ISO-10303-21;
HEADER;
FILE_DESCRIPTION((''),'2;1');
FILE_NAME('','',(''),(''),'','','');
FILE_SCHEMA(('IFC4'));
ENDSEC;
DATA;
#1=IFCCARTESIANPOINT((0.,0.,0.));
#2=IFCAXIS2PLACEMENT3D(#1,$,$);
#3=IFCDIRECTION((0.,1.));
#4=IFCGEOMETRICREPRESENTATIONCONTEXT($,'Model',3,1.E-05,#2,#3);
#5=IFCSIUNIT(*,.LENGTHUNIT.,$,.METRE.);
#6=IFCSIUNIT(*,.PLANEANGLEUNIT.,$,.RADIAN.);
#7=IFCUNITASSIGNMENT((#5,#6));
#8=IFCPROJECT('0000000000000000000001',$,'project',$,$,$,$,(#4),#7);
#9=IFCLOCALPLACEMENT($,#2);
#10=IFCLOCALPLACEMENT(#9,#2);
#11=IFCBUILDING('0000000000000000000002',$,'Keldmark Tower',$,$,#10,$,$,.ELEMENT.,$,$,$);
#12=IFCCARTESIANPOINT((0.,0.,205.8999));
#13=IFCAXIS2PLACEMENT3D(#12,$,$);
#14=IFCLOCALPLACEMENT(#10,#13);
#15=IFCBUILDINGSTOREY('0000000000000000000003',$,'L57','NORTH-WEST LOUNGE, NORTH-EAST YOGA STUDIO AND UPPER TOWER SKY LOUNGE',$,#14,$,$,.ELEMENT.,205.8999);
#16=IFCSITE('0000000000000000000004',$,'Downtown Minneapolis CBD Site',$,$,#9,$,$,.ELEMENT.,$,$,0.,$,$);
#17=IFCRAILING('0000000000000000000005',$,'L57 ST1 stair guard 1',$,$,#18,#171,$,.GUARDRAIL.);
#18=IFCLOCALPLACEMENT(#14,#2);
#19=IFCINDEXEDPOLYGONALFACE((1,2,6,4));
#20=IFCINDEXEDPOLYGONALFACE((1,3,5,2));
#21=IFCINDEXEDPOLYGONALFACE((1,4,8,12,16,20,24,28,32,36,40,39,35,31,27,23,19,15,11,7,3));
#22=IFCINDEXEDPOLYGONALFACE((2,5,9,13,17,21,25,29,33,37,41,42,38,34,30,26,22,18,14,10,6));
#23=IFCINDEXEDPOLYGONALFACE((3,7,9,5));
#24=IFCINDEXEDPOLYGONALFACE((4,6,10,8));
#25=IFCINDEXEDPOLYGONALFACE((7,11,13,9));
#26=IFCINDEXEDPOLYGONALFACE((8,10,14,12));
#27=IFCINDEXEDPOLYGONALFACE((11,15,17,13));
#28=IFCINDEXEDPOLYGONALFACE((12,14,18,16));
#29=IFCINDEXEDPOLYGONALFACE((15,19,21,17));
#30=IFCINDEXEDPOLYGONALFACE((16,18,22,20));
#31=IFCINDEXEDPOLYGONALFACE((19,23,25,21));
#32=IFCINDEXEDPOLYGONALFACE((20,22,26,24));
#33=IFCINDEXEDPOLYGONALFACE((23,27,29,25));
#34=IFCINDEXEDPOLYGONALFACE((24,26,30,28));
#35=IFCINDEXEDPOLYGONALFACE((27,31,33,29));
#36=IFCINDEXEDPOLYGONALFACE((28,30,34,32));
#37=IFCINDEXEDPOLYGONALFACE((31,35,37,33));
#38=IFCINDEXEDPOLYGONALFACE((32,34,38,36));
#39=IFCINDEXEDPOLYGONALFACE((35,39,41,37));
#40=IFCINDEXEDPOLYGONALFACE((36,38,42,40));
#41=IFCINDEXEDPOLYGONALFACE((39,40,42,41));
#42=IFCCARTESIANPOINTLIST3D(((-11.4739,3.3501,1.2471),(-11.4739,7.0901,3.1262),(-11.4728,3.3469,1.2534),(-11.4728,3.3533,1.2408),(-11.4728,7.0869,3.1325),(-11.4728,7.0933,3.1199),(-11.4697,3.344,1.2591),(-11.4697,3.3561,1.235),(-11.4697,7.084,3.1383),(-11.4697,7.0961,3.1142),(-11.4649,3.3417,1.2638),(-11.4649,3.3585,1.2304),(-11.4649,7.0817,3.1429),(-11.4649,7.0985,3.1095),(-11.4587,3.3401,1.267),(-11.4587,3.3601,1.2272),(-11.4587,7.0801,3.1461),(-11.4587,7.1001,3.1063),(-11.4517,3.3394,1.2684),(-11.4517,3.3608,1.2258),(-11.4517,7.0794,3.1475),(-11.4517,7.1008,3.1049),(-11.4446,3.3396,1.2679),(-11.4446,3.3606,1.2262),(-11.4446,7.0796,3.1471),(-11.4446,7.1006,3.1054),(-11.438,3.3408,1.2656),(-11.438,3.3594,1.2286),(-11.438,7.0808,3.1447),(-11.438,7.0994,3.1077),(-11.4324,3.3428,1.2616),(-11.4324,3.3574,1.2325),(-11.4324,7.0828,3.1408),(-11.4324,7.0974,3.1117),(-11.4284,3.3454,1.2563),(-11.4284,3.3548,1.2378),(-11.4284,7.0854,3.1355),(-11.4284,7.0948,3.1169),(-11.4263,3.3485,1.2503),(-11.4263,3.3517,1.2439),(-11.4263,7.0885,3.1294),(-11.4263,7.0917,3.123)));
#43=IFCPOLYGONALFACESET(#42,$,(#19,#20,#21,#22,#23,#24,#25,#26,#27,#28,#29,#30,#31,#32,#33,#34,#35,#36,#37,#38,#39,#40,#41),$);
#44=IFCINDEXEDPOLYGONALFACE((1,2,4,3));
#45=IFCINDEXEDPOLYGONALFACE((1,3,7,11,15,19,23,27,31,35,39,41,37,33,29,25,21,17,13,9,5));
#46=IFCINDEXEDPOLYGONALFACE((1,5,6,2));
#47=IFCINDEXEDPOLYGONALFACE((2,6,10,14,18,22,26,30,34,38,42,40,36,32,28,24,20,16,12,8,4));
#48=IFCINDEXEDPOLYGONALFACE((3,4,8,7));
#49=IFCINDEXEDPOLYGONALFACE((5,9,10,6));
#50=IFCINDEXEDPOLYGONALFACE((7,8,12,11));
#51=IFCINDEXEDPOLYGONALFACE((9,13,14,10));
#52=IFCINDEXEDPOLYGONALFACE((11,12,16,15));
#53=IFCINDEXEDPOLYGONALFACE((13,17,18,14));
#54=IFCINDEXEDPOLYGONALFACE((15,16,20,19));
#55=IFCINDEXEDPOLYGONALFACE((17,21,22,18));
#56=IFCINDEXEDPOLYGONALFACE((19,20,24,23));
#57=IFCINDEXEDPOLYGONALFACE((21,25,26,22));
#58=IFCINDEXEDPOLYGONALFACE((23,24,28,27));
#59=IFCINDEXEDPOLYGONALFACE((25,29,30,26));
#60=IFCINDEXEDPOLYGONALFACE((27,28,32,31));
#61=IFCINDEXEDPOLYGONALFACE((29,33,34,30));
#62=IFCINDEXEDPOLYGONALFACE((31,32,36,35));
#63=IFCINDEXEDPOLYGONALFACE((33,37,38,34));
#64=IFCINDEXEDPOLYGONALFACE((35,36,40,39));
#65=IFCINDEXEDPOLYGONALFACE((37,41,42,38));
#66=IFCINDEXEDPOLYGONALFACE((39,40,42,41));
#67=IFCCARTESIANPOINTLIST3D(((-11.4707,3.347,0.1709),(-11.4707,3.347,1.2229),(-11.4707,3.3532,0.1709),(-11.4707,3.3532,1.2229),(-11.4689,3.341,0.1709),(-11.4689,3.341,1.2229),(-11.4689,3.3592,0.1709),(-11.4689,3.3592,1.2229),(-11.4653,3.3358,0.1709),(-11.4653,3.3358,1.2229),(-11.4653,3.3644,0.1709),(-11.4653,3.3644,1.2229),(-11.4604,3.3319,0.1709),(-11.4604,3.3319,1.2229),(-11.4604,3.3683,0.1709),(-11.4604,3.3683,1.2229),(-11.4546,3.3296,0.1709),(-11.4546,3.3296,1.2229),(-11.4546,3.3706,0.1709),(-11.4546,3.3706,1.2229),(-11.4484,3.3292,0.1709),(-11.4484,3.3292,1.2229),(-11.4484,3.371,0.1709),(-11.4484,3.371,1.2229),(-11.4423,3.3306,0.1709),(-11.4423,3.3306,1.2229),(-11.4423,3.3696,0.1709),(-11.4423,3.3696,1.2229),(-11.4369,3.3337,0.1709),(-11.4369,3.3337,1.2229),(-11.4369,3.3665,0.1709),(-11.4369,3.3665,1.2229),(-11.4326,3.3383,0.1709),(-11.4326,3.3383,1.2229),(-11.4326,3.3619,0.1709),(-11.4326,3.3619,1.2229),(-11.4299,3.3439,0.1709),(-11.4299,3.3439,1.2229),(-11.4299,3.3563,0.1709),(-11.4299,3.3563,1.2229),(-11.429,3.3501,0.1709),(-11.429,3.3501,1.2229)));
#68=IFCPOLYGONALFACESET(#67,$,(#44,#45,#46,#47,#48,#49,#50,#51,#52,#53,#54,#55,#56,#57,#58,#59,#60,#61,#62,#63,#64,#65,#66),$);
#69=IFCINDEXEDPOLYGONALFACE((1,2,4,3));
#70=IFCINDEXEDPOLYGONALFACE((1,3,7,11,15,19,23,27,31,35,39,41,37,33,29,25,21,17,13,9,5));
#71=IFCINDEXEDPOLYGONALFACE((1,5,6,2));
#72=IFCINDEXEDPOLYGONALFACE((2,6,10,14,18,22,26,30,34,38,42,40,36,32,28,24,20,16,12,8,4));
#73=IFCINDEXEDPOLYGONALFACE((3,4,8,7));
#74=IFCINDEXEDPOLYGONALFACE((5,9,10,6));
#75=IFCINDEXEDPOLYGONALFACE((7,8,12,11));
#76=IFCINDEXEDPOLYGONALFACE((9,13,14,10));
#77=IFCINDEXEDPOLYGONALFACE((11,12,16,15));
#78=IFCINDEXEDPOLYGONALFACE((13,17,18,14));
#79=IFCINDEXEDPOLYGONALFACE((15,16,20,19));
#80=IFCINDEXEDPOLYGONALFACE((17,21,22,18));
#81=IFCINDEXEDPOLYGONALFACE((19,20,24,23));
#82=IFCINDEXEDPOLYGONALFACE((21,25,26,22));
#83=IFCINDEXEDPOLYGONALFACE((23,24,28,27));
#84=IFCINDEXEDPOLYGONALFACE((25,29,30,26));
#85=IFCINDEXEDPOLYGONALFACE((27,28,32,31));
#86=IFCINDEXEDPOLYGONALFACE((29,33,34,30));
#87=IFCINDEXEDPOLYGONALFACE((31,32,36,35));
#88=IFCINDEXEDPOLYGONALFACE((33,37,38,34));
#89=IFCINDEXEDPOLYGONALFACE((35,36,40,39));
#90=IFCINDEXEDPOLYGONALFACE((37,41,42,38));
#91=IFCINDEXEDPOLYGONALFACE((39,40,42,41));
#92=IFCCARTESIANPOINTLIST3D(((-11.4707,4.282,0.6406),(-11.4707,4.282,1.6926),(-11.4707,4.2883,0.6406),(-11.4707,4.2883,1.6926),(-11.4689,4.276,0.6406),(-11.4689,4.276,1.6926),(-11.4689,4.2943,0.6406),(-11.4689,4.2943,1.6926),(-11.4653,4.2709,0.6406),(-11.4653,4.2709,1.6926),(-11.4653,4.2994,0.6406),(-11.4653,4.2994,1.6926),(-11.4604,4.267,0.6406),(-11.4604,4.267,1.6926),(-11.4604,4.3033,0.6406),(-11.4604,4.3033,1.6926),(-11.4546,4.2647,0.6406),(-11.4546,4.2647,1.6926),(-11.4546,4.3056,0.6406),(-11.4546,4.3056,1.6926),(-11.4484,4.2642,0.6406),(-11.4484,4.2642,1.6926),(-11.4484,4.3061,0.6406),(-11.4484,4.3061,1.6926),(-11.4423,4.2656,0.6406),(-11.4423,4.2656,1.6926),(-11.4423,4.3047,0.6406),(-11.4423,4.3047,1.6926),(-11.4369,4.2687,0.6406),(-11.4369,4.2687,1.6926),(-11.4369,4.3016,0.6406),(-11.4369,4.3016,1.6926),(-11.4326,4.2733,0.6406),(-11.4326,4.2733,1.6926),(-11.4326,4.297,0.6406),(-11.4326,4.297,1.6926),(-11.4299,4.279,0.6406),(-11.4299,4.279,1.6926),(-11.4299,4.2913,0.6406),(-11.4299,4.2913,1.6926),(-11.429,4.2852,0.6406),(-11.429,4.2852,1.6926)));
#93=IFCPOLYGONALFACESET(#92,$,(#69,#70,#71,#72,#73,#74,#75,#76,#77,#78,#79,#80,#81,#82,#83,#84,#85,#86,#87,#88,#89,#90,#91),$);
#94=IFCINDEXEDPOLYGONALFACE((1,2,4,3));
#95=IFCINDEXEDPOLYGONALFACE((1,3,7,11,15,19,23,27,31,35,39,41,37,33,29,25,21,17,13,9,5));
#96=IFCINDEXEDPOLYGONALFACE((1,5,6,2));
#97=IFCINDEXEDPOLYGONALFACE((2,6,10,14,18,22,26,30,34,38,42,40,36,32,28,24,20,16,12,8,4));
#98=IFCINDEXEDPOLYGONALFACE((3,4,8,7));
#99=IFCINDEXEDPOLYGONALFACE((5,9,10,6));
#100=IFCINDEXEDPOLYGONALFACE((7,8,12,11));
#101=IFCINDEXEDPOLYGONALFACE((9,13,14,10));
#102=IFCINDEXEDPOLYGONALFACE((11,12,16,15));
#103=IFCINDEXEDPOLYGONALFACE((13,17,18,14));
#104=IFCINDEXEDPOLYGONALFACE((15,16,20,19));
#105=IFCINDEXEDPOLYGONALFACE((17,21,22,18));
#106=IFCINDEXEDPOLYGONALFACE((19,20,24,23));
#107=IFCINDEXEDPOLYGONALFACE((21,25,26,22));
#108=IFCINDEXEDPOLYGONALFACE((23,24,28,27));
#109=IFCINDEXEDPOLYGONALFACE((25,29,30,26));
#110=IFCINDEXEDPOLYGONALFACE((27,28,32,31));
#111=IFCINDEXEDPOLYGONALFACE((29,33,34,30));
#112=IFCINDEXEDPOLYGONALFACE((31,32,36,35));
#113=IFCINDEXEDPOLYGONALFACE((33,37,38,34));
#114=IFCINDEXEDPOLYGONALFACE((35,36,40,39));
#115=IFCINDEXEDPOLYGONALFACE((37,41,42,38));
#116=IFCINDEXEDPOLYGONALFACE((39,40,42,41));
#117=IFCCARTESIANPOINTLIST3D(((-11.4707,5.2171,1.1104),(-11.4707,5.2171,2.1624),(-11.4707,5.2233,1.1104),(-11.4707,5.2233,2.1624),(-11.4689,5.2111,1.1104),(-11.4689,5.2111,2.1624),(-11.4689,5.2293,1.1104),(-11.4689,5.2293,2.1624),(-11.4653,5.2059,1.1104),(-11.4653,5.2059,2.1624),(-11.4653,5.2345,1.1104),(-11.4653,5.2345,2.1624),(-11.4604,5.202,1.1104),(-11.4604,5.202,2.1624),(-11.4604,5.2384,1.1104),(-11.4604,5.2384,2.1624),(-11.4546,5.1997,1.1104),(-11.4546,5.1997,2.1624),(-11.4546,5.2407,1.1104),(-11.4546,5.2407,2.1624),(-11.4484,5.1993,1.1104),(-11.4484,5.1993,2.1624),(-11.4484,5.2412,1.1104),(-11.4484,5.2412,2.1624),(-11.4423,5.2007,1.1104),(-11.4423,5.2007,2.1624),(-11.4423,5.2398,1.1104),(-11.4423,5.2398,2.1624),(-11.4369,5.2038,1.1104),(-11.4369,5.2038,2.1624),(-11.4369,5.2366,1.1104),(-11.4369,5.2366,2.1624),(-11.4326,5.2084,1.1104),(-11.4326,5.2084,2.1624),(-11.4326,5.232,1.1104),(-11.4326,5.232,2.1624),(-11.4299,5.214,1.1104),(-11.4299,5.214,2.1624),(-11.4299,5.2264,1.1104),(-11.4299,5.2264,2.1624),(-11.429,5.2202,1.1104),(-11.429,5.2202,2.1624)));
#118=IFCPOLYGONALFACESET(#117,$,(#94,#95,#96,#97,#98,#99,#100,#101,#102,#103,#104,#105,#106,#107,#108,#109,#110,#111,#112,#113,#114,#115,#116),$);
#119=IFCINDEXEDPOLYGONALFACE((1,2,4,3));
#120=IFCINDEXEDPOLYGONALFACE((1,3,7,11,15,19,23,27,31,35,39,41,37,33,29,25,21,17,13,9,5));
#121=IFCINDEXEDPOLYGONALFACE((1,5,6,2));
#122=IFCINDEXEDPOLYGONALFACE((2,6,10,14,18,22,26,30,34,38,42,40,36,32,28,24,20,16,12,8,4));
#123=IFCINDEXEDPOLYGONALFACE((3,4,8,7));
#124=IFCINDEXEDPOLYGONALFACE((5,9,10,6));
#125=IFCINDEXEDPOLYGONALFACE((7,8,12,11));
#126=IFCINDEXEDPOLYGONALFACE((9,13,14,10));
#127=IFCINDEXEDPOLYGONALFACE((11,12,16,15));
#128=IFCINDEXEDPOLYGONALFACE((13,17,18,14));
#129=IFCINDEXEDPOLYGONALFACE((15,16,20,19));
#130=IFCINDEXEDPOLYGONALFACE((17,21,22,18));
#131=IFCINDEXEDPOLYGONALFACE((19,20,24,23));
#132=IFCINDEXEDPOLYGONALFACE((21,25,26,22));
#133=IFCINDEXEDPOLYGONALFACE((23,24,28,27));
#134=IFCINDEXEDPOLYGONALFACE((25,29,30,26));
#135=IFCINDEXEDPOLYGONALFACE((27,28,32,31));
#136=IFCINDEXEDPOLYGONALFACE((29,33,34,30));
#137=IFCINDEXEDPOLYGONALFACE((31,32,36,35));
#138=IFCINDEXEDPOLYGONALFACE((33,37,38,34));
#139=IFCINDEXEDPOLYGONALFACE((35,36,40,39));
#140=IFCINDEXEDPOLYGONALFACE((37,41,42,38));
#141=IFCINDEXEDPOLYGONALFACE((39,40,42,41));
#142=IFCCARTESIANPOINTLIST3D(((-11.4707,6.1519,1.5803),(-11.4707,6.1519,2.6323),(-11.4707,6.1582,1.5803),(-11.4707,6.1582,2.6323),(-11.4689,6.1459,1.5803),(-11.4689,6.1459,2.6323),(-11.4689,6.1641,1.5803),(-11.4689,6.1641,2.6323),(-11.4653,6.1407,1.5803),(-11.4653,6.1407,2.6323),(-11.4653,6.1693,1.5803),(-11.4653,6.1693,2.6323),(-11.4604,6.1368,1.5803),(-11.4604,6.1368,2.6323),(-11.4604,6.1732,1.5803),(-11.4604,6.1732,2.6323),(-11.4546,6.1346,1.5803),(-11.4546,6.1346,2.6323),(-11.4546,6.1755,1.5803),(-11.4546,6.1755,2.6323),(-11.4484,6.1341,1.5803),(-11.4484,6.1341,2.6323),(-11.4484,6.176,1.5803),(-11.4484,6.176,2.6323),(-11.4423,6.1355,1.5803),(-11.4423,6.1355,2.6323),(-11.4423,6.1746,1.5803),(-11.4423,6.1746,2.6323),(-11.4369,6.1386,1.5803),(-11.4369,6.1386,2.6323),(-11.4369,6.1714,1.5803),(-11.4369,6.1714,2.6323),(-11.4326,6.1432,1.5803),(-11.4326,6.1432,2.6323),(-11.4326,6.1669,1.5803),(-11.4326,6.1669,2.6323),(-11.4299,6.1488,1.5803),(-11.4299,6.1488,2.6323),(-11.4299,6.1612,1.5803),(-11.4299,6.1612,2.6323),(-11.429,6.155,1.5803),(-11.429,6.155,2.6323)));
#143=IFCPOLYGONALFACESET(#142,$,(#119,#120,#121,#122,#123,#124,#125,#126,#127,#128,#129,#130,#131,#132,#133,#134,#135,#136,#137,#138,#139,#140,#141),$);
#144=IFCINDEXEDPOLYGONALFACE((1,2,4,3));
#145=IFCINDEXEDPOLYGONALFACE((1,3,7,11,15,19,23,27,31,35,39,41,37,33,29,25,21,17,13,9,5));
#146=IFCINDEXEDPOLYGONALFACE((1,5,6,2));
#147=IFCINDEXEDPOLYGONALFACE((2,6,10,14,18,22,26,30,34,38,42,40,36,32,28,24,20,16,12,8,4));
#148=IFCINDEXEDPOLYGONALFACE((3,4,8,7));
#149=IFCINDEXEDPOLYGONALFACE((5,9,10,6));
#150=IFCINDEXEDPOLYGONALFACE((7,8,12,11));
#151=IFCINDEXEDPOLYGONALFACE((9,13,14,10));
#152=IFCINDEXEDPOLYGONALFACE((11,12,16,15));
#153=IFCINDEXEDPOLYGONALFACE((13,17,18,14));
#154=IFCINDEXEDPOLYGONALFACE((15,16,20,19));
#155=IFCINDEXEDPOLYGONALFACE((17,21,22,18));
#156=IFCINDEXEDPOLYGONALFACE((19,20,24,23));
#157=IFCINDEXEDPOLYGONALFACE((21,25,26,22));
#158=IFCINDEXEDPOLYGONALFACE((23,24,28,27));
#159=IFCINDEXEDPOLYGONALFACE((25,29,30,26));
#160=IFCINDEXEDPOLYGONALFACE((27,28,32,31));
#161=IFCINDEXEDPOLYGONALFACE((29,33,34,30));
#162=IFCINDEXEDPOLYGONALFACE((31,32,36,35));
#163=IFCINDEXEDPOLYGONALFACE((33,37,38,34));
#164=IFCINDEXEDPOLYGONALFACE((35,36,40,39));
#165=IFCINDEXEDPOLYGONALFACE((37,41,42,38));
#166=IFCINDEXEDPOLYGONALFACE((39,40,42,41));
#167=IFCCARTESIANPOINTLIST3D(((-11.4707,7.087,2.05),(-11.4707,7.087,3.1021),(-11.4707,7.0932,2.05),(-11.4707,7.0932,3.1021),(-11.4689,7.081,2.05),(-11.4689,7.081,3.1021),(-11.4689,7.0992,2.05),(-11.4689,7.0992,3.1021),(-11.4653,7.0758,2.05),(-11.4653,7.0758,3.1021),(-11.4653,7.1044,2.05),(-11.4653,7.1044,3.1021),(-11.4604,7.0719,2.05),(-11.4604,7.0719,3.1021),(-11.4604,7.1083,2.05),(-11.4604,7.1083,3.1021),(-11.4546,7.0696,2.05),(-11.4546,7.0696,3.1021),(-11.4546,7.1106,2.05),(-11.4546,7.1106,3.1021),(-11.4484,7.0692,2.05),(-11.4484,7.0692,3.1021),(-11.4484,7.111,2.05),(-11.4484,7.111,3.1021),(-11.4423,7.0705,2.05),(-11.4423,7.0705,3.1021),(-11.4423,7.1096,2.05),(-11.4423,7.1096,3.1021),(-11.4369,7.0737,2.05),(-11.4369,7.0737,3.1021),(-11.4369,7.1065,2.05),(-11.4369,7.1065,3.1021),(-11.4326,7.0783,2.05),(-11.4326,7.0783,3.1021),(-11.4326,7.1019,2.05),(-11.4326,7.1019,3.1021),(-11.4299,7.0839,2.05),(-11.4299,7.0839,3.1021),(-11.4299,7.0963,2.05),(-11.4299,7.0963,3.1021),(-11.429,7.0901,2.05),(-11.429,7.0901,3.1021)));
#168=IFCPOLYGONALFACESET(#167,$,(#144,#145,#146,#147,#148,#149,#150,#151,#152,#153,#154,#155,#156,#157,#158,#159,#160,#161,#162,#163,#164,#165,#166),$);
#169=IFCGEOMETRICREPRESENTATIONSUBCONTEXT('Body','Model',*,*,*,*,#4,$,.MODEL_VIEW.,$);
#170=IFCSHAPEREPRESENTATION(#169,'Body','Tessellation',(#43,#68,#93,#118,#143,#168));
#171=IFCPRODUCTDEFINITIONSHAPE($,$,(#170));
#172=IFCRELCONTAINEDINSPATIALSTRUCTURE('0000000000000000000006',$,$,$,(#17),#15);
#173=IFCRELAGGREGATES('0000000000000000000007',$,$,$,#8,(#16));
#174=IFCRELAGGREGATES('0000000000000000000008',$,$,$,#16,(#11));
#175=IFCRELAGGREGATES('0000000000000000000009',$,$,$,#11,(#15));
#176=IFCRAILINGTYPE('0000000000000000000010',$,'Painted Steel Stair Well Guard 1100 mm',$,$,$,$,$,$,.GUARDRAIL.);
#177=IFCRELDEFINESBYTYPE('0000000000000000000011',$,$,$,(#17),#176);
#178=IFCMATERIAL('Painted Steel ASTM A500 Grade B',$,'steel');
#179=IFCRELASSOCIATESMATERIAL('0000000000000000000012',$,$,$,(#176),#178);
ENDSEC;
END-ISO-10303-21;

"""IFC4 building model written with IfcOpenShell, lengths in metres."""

from ifc_helpers import new_model, si_unit, direction, frame, origin, origin_2d, place, context, subcontext, project, spatial, circle, extrude, material, type_object, element, save


model = new_model("IFC4")

# Units and contexts
model_context = context("Model", 3, precision=1e-05, world=origin(), true_north=direction((0.0, 1.0)))
body_context = subcontext(model_context, "Body", "Model", "MODEL_VIEW")
ifc_project = project(units=[si_unit("LENGTHUNIT", "METRE"), si_unit("PLANEANGLEUNIT", "RADIAN")], contexts=[model_context])

# Site, building, storey
site_placement = place(None, origin())
site = spatial("IfcSite", under=ifc_project, at=site_placement, Name="Downtown Minneapolis CBD Site", CompositionType="ELEMENT", RefElevation=0.0)
building_placement = place(site_placement, origin())
building = spatial("IfcBuilding", under=site, at=building_placement, Name="Keldmark Tower", CompositionType="ELEMENT")
storey_placement = place(building_placement, frame((0.0, 0.0, 205.8999)))
storey = spatial("IfcBuildingStorey", under=building, at=storey_placement, Name="L57", Description="NORTH-WEST LOUNGE, NORTH-EAST YOGA STUDIO AND UPPER TOWER SKY LOUNGE", CompositionType="ELEMENT", Elevation=205.8999)

# Railing
ifc_material_1 = material(Name="Painted Steel ASTM A500 Grade B", Category="steel")
railing_type_1 = type_object("IfcRailingType", Name="Painted Steel Stair Well Guard 1100 mm", PredefinedType="GUARDRAIL", material=ifc_material_1)
railing_1_placement = place(storey_placement, frame((-11.45, 3.3501, 0.1709)))
element("IfcRailing", 1, at=railing_1_placement, inside=storey, type_object=railing_type_1, Name="L57 ST1 stair guard 1", PredefinedType="GUARDRAIL", context=body_context, shape_type="SweptSolid", body=[
    extrude(circle(Radius=0.0239, at=origin_2d()), frame((0.0, 0.0, 1.0762), z_axis=(0.0, 0.893551, 0.448963), x_axis=(-1.0, 0.0, 0.0)), (0.0, 0.0, 1.0), 4.1855),
    extrude(circle(Radius=0.021, at=origin_2d()), origin(), (0.0, 0.0, 1.0), 1.052),
    extrude(circle(Radius=0.021, at=origin_2d()), frame((0.0, 0.9351, 0.4697)), (0.0, 0.0, 1.0), 1.052),
    extrude(circle(Radius=0.021, at=origin_2d()), frame((0.0, 1.8701, 0.9395)), (0.0, 0.0, 1.0), 1.052),
    extrude(circle(Radius=0.021, at=origin_2d()), frame((0.0, 2.8049, 1.4094)), (0.0, 0.0, 1.0), 1.052),
    extrude(circle(Radius=0.021, at=origin_2d()), frame((0.0, 3.74, 1.8792)), (0.0, 0.0, 1.0), 1.052),
])

save(model, "model.ifc")
